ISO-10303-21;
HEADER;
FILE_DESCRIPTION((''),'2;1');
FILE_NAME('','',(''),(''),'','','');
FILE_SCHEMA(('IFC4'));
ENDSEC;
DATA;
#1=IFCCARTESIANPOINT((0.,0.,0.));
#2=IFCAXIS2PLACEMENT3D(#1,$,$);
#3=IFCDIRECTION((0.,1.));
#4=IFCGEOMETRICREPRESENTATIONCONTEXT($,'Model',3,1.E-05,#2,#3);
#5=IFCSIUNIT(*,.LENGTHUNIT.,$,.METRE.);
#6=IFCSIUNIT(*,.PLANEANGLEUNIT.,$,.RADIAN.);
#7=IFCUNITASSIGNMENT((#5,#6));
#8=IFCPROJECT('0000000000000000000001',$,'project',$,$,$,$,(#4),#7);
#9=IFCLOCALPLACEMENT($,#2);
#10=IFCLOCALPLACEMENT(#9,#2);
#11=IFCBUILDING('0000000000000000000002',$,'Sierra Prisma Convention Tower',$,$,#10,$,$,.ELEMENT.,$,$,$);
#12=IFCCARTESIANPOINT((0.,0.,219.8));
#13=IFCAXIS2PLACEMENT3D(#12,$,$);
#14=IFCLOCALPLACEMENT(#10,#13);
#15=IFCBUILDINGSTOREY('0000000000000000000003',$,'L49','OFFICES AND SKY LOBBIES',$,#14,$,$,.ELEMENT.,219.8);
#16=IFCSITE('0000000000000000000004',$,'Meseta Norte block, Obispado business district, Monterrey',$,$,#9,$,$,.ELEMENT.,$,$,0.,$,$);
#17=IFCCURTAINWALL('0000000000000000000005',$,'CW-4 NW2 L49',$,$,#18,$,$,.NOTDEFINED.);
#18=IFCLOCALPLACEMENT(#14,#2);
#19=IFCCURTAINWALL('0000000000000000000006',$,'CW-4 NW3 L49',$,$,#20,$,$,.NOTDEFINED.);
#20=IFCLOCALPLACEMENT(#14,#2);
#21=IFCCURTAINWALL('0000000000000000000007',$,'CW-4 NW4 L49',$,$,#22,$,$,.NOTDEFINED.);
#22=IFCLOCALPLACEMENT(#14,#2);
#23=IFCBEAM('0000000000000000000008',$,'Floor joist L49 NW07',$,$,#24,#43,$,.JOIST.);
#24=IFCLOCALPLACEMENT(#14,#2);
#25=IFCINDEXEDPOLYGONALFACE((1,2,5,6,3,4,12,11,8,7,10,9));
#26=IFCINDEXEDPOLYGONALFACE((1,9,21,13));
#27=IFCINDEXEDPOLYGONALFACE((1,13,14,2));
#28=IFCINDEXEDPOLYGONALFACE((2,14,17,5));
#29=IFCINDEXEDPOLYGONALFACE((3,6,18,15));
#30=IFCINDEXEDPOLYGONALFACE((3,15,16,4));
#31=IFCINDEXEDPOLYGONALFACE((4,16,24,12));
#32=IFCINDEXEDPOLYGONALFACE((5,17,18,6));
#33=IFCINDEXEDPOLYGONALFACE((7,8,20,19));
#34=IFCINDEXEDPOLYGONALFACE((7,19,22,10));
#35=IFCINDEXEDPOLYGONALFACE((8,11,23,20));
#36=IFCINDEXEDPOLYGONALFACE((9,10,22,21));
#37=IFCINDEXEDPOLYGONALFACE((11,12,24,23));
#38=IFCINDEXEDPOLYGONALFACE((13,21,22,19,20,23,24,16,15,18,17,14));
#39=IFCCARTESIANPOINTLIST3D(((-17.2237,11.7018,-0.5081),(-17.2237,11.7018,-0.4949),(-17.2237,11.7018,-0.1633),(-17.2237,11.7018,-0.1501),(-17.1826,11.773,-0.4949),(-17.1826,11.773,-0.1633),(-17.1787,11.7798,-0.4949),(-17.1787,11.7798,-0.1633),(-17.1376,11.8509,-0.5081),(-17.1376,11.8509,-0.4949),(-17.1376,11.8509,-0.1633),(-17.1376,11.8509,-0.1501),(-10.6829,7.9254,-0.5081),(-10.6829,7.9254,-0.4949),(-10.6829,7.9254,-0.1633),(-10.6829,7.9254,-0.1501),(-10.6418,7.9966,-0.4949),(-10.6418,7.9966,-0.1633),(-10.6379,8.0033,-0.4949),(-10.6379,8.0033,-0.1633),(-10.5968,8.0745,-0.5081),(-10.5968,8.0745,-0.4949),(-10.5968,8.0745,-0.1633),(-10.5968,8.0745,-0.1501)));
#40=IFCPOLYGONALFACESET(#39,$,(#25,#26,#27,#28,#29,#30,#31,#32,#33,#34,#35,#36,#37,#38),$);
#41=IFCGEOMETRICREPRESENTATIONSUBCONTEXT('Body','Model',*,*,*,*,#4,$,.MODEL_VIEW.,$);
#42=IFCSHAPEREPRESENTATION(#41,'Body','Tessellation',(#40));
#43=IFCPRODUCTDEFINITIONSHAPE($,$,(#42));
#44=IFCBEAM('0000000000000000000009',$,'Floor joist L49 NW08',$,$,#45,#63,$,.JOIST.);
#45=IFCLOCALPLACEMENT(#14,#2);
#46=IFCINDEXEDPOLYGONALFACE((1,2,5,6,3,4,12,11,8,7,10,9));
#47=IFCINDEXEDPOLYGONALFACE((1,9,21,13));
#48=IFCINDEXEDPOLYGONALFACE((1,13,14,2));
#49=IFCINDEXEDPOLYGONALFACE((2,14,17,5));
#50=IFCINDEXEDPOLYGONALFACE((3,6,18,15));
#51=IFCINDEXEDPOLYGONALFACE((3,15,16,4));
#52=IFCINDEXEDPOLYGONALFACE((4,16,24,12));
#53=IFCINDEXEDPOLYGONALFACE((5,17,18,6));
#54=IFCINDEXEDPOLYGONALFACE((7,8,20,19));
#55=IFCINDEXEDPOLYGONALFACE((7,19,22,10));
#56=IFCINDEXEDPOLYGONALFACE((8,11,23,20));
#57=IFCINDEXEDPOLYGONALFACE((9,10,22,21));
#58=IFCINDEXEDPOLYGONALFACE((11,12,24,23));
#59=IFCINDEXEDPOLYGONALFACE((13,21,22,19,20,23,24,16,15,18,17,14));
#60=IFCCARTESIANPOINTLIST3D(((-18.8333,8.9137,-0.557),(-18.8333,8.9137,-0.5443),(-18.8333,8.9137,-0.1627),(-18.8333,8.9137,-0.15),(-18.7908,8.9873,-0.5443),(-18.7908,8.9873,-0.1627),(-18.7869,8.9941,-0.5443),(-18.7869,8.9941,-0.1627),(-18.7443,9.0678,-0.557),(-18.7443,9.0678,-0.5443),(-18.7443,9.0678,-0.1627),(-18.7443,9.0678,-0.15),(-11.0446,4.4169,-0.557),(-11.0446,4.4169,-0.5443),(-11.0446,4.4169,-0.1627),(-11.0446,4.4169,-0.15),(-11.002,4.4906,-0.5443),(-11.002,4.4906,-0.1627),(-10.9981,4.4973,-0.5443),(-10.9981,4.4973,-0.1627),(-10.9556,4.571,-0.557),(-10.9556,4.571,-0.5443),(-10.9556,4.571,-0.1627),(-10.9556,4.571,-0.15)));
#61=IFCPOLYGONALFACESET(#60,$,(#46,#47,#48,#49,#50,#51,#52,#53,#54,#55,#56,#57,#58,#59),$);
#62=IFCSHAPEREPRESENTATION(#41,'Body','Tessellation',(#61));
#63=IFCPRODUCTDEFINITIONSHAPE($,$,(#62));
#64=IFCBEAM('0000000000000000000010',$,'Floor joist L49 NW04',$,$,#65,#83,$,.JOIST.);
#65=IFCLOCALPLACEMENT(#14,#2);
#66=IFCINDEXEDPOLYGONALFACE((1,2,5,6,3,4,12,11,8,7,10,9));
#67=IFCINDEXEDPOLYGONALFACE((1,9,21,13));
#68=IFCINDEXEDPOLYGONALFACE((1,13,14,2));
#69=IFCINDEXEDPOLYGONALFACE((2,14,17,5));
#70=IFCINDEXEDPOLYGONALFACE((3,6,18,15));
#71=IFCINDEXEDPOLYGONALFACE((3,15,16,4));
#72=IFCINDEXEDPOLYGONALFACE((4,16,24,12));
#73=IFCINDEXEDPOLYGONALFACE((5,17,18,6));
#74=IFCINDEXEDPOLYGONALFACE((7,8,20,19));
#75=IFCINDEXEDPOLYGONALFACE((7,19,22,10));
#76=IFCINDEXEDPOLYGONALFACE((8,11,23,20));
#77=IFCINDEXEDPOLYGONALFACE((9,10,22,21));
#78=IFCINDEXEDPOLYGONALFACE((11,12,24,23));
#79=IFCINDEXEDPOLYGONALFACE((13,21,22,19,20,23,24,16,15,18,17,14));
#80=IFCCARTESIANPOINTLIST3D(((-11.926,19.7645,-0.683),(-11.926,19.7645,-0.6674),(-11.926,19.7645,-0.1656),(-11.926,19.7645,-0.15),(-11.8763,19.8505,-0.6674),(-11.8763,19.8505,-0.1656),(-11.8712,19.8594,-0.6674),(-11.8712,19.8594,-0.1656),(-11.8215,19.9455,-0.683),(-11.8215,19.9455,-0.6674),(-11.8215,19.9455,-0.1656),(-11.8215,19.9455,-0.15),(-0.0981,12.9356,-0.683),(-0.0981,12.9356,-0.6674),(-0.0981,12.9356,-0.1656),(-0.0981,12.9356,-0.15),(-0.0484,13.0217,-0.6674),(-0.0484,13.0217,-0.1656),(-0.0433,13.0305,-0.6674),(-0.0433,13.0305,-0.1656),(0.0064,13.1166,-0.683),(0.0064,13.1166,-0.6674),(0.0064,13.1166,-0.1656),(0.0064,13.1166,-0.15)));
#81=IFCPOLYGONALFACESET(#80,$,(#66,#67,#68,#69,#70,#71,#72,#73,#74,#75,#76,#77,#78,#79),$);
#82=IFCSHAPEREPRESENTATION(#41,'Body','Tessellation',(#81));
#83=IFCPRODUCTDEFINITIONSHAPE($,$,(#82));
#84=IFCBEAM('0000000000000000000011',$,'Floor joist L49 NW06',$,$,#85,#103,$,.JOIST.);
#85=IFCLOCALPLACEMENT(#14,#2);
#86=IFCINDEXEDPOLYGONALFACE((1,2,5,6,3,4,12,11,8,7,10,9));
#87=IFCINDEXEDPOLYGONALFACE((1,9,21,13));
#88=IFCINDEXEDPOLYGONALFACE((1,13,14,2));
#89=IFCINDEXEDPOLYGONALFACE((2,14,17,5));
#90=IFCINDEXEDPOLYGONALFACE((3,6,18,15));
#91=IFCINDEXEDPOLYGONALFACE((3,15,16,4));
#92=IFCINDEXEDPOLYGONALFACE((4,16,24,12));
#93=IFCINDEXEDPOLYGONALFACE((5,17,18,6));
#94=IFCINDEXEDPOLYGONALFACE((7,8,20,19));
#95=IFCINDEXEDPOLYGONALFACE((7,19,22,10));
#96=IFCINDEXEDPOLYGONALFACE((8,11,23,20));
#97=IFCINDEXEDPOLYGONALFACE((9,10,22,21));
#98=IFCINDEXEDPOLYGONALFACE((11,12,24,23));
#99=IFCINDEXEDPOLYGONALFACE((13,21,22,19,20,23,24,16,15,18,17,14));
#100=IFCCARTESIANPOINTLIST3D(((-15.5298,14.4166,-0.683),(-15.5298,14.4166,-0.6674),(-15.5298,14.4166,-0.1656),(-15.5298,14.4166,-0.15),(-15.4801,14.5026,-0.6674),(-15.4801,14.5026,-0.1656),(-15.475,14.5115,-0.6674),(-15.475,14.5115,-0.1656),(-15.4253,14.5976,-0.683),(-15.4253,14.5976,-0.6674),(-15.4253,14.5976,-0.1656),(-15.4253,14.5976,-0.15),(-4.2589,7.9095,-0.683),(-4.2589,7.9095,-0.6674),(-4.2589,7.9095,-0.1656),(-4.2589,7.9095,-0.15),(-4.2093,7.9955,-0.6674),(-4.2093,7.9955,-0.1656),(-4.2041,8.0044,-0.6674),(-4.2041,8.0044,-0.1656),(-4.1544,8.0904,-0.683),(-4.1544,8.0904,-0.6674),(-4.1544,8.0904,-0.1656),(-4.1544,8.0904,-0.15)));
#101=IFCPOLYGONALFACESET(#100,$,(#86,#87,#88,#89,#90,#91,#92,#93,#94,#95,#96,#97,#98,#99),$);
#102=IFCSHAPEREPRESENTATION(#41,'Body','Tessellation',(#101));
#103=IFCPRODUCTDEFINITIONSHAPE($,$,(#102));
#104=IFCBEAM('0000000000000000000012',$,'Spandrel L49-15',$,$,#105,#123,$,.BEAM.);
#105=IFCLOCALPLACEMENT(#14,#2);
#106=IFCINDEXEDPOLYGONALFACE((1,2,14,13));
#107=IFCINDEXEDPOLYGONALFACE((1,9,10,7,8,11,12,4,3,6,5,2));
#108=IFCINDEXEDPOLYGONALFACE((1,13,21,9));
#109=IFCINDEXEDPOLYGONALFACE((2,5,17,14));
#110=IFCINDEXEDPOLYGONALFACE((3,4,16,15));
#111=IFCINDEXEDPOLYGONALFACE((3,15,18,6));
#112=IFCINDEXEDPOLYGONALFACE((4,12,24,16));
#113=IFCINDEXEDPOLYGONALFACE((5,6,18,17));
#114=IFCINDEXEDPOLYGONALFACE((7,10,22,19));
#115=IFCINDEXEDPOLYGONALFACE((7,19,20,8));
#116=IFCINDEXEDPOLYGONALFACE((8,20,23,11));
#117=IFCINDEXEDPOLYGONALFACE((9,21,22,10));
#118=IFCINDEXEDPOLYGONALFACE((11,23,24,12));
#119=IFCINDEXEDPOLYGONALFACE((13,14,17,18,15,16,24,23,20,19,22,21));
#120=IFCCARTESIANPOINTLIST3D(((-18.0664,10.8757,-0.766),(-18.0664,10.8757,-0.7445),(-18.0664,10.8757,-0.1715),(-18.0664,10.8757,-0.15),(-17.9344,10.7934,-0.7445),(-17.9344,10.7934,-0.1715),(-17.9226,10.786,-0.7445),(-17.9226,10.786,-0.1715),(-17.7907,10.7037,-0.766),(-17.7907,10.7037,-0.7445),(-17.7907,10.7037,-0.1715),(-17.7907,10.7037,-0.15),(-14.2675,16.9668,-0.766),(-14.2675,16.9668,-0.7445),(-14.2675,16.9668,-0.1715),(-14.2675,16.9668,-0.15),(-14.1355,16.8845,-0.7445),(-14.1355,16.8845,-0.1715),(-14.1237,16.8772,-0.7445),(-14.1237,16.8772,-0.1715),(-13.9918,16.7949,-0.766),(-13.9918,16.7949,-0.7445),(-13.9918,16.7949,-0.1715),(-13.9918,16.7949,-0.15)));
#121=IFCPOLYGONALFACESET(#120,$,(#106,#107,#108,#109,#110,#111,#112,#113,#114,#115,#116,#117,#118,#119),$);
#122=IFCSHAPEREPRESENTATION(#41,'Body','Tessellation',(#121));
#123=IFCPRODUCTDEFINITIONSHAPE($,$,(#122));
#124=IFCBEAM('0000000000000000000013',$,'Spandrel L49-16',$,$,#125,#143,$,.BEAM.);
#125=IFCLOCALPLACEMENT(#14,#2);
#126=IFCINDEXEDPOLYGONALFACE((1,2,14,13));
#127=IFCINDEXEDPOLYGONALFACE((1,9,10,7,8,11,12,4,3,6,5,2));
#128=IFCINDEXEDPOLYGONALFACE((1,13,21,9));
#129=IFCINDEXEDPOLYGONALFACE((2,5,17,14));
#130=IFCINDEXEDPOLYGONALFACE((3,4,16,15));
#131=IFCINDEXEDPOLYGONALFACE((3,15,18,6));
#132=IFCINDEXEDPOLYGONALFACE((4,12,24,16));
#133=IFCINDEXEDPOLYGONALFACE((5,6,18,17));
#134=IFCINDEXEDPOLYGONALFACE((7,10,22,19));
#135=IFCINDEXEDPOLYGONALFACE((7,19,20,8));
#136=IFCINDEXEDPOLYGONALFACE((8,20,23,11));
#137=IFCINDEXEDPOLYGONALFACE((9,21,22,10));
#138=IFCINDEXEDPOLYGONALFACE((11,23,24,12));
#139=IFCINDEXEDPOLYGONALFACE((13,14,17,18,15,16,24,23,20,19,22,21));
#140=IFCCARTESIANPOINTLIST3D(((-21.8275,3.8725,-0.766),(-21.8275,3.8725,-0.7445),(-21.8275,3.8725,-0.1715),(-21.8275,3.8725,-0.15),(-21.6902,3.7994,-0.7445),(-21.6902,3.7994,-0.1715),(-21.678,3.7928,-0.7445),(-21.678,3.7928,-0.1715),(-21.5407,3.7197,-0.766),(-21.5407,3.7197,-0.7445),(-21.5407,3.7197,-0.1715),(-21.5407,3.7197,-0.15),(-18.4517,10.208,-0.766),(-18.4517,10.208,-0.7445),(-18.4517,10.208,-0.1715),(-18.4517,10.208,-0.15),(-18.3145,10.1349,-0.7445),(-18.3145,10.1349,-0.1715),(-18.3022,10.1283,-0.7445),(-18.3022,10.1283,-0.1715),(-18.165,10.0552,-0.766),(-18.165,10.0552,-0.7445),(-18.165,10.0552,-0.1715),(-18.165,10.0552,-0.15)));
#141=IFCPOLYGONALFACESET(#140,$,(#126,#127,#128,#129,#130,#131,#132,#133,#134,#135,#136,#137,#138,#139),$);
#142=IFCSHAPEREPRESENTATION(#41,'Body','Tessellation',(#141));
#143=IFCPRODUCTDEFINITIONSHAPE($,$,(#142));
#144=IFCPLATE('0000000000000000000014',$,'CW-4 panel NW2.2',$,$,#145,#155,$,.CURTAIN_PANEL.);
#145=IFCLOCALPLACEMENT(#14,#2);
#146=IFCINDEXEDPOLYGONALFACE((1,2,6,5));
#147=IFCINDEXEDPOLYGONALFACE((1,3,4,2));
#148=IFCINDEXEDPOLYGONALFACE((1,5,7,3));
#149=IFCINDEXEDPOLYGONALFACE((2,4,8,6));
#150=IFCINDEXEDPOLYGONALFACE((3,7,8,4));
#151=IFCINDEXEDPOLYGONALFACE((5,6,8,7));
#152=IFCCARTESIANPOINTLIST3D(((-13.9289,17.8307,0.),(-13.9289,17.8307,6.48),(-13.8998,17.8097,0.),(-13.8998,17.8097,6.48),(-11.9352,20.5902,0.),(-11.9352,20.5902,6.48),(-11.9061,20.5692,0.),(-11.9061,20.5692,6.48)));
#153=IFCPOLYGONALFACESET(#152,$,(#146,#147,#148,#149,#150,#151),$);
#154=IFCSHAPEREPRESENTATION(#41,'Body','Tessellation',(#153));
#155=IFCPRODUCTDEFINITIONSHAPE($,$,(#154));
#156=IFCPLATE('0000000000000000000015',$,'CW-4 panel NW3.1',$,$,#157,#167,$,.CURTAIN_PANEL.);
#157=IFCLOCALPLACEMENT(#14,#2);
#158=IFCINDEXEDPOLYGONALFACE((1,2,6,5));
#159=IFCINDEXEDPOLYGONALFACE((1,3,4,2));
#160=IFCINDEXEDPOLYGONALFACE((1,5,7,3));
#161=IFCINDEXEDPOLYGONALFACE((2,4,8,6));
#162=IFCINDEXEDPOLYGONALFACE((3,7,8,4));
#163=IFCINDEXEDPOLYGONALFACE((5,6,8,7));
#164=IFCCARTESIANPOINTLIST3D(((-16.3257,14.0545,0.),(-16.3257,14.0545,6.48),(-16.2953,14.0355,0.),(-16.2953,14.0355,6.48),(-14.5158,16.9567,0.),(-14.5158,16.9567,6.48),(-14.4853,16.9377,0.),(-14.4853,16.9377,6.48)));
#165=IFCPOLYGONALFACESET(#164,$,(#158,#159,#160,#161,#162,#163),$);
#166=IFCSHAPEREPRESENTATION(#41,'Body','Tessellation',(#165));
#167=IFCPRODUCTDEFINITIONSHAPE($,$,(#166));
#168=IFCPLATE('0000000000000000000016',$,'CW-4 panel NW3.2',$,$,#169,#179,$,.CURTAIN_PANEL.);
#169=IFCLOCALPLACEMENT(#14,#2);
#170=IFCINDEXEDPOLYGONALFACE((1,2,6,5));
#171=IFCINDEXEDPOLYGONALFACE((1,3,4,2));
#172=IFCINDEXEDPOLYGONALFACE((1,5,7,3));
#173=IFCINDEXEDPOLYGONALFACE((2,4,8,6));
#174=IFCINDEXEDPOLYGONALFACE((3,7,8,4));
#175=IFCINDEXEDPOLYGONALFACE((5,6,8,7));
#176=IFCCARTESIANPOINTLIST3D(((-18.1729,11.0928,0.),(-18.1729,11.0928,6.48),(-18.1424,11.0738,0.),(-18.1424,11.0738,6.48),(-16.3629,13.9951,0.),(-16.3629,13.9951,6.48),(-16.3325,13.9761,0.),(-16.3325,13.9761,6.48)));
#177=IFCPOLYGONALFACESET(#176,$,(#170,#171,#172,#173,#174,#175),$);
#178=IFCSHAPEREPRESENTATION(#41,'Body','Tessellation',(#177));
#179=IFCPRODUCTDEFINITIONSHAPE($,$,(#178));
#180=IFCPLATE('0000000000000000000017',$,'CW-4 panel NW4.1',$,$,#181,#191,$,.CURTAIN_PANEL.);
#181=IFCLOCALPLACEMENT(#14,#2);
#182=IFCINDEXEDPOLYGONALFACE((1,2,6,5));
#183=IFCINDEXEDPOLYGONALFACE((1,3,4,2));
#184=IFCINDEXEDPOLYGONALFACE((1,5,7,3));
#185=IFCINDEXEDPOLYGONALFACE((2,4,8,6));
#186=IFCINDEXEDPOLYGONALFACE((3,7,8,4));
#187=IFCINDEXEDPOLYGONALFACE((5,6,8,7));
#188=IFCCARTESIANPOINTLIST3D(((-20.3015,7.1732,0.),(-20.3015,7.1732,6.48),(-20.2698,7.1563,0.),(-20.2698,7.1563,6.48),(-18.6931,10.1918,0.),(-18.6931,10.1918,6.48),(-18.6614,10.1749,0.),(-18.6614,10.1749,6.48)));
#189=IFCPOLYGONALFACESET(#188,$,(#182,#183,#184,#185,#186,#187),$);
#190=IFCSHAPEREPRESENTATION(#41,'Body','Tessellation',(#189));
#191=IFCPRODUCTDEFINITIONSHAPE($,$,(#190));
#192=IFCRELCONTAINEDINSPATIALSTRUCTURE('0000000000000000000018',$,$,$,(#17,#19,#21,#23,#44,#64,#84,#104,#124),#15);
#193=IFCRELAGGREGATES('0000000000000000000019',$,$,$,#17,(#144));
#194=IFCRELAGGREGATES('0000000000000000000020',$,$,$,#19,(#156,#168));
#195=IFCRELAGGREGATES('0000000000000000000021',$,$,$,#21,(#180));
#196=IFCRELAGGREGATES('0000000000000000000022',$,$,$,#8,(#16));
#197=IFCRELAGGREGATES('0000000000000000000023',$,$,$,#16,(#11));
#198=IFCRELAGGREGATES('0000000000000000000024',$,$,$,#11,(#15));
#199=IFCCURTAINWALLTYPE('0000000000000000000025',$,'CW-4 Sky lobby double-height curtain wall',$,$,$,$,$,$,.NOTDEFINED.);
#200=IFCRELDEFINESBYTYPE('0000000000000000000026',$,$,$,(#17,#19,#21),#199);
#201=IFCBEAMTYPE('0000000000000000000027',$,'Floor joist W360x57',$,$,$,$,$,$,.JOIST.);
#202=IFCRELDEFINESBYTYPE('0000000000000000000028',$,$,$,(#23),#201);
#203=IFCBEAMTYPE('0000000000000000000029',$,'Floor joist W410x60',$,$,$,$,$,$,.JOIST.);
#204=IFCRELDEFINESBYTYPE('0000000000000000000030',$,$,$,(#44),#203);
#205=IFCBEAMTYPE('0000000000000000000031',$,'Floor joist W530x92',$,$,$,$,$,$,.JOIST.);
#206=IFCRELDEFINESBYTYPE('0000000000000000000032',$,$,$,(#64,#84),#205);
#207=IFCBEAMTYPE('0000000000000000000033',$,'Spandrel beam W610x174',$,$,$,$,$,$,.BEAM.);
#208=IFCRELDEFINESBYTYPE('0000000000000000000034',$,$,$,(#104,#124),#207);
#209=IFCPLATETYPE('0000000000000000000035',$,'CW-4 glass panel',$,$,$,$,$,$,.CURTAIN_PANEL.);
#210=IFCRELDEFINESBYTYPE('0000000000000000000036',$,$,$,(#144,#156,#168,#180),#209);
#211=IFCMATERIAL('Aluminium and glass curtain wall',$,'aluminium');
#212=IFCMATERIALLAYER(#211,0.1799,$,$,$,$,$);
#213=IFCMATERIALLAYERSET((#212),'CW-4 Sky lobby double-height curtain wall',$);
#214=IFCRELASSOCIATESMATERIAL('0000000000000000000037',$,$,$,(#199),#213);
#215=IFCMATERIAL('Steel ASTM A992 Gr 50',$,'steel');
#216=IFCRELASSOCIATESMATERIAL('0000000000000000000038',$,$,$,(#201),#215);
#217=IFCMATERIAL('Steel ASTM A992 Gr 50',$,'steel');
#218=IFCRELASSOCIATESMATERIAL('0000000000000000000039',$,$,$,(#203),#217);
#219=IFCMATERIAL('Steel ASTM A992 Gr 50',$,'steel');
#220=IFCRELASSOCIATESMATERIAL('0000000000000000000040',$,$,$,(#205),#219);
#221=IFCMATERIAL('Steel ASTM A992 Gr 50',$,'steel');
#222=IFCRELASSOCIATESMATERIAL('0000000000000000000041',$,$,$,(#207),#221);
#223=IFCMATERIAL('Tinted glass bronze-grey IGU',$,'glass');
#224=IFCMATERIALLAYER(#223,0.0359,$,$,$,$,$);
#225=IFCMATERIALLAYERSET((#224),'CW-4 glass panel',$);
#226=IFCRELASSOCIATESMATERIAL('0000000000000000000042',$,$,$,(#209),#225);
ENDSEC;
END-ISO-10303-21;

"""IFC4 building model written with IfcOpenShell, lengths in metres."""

from ifc_helpers import new_model, si_unit, direction, frame, origin, origin_2d, place, context, subcontext, project, spatial, rectangle, i_section, extrude, material, layer, layer_set, material_profile, profile_set, type_object, element, aggregate, save


model = new_model("IFC4")

# Units and contexts
model_context = context("Model", 3, precision=1e-05, world=origin(), true_north=direction((0.0, 1.0)))
body_context = subcontext(model_context, "Body", "Model", "MODEL_VIEW")
ifc_project = project(units=[si_unit("LENGTHUNIT", "METRE"), si_unit("PLANEANGLEUNIT", "RADIAN")], contexts=[model_context])

# Site, building, storey
site_placement = place(None, origin())
site = spatial("IfcSite", under=ifc_project, at=site_placement, Name="Meseta Norte block, Obispado business district, Monterrey", CompositionType="ELEMENT", RefElevation=0.0)
building_placement = place(site_placement, origin())
building = spatial("IfcBuilding", under=site, at=building_placement, Name="Sierra Prisma Convention Tower", CompositionType="ELEMENT")
storey_placement = place(building_placement, frame((0.0, 0.0, 219.8)))
storey = spatial("IfcBuildingStorey", under=building, at=storey_placement, Name="L49", Description="OFFICES AND SKY LOBBIES", CompositionType="ELEMENT", Elevation=219.8)

# Curtain wall
ifc_material_1 = material(Name="Aluminium and glass curtain wall", Category="aluminium")
ifc_layer_1 = layer(ifc_material_1, 0.1799)
ifc_layer_set_1 = layer_set([ifc_layer_1], Name="CW-4 Sky lobby double-height curtain wall")
curtain_wall_type = type_object("IfcCurtainWallType", Name="CW-4 Sky lobby double-height curtain wall", PredefinedType="NOTDEFINED", material=ifc_layer_set_1)
curtain_wall_1_placement = place(storey_placement, origin())
curtain_wall_1 = element("IfcCurtainWall", 1, at=curtain_wall_1_placement, inside=storey, type_object=curtain_wall_type, Name="CW-4 NW2 L49", PredefinedType="NOTDEFINED")

# Curtain wall
curtain_wall_2_placement = place(storey_placement, origin())
curtain_wall_2 = element("IfcCurtainWall", 2, at=curtain_wall_2_placement, inside=storey, type_object=curtain_wall_type, Name="CW-4 NW3 L49", PredefinedType="NOTDEFINED")

# Curtain wall
curtain_wall_3_placement = place(storey_placement, origin())
curtain_wall_3 = element("IfcCurtainWall", 3, at=curtain_wall_3_placement, inside=storey, type_object=curtain_wall_type, Name="CW-4 NW4 L49", PredefinedType="NOTDEFINED")

# Beams
ifc_material_2 = material(Name="Steel ASTM A992 Gr 50", Category="steel")
ifc_material_profile_1 = material_profile(ifc_material_2, i_section(OverallWidth=0.1721, OverallDepth=0.3579, WebThickness=0.0078, FlangeThickness=0.0132, at=origin_2d()), Name="W360x57")
ifc_profile_set_1 = profile_set([ifc_material_profile_1], Name="Steel ASTM A992 Gr 50")
beam_type_1 = type_object("IfcBeamType", Name="Floor joist W360x57", PredefinedType="JOIST", material=ifc_profile_set_1)
beam_1_placement = place(storey_placement, frame((-17.1807, 11.7764, -0.3291), z_axis=(0.866022, -0.500005, 0.0), x_axis=(0.500005, 0.866022, 0.0)))
element("IfcBeam", 4, at=beam_1_placement, inside=storey, type_object=beam_type_1, Name="Floor joist L49 NW07", PredefinedType="JOIST", context=body_context, shape_type="SweptSolid", body=[
    extrude(i_section(OverallWidth=0.1721, OverallDepth=0.3579, WebThickness=0.0078, FlangeThickness=0.0132, at=origin_2d()), origin(), (0.0, 0.0, 1.0), 7.5527),
])
ifc_material_3 = material(Name="Steel ASTM A992 Gr 50", Category="steel")
ifc_material_profile_2 = material_profile(ifc_material_3, i_section(OverallWidth=0.178, OverallDepth=0.407, WebThickness=0.0078, FlangeThickness=0.0127, at=origin_2d()), Name="W410x60")
ifc_profile_set_2 = profile_set([ifc_material_profile_2], Name="Steel ASTM A992 Gr 50")
beam_type_2 = type_object("IfcBeamType", Name="Floor joist W410x60", PredefinedType="JOIST", material=ifc_profile_set_2)
beam_2_placement = place(storey_placement, frame((-18.7888, 8.9907, -0.3535), z_axis=(0.866028, -0.499996, 0.0), x_axis=(0.499996, 0.866028, 0.0)))
element("IfcBeam", 5, at=beam_2_placement, inside=storey, type_object=beam_type_2, Name="Floor joist L49 NW08", PredefinedType="JOIST", context=body_context, shape_type="SweptSolid", body=[
    extrude(i_section(OverallWidth=0.178, OverallDepth=0.407, WebThickness=0.0078, FlangeThickness=0.0127, at=origin_2d()), origin(), (0.0, 0.0, 1.0), 8.9937),
])
ifc_material_4 = material(Name="Steel ASTM A992 Gr 50", Category="steel")
ifc_material_profile_3 = material_profile(ifc_material_4, i_section(OverallWidth=0.209, OverallDepth=0.533, WebThickness=0.0103, FlangeThickness=0.0156, at=origin_2d()), Name="W530x92")
ifc_profile_set_3 = profile_set([ifc_material_profile_3], Name="Steel ASTM A992 Gr 50")
beam_type_3 = type_object("IfcBeamType", Name="Floor joist W530x92", PredefinedType="JOIST", material=ifc_profile_set_3)
beam_3_placement = place(storey_placement, frame((-11.8738, 19.855, -0.4165), z_axis=(0.866025, -0.500001, 0.0), x_axis=(0.500001, 0.866025, 0.0)))
element("IfcBeam", 6, at=beam_3_placement, inside=storey, type_object=beam_type_3, Name="Floor joist L49 NW04", PredefinedType="JOIST", context=body_context, shape_type="SweptSolid", body=[
    extrude(i_section(OverallWidth=0.209, OverallDepth=0.533, WebThickness=0.0103, FlangeThickness=0.0156, at=origin_2d()), origin(), (0.0, 0.0, 1.0), 13.6577),
])
beam_4_placement = place(storey_placement, frame((-15.4775, 14.5071, -0.4165), z_axis=(0.866028, -0.499995, 0.0), x_axis=(0.499995, 0.866028, 0.0)))
element("IfcBeam", 7, at=beam_4_placement, inside=storey, type_object=beam_type_3, Name="Floor joist L49 NW06", PredefinedType="JOIST", context=body_context, shape_type="SweptSolid", body=[
    extrude(i_section(OverallWidth=0.209, OverallDepth=0.533, WebThickness=0.0103, FlangeThickness=0.0156, at=origin_2d()), origin(), (0.0, 0.0, 1.0), 13.0144),
])
ifc_material_5 = material(Name="Steel ASTM A992 Gr 50", Category="steel")
ifc_material_profile_4 = material_profile(ifc_material_5, i_section(OverallWidth=0.325, OverallDepth=0.616, WebThickness=0.0139, FlangeThickness=0.0215, at=origin_2d()), Name="W610x174")
ifc_profile_set_4 = profile_set([ifc_material_profile_4], Name="Steel ASTM A992 Gr 50")
beam_type_4 = type_object("IfcBeamType", Name="Spandrel beam W610x174", PredefinedType="BEAM", material=ifc_profile_set_4)
for number, where, z_axis, x_axis, name in (
    (8, (-14.1296, 16.8809, -0.458), (-0.529189, -0.848504, 0.0), (0.848504, -0.529189, 0.0), "Spandrel L49-15"),
    (9, (-18.3083, 10.1316, -0.458), (-0.470244, -0.882536, 0.0), (0.882536, -0.470244, 0.0), "Spandrel L49-16"),
):
    element("IfcBeam", number, at=place(storey_placement, frame(where, z_axis=z_axis, x_axis=x_axis)), inside=storey, type_object=beam_type_4, Name=name, PredefinedType="BEAM", context=body_context, shape_type="SweptSolid", body=[
        extrude(i_section(OverallWidth=0.325, OverallDepth=0.616, WebThickness=0.0139, FlangeThickness=0.0215, at=origin_2d()), origin(), (0.0, 0.0, 1.0), 7.1787),
    ])

# Plates
ifc_material_6 = material(Name="Tinted glass bronze-grey IGU", Category="glass")
ifc_layer_2 = layer(ifc_material_6, 0.0359)
ifc_layer_set_2 = layer_set([ifc_layer_2], Name="CW-4 glass panel")
plate_type = type_object("IfcPlateType", Name="CW-4 glass panel", PredefinedType="CURTAIN_PANEL", material=ifc_layer_set_2)
plate_1_placement = place(storey_placement, frame((-12.9175, 19.2, 0.0), z_axis=(0.0, 0.0, 1.0), x_axis=(-0.58564, -0.810572, 0.0)))
plate_1 = element("IfcPlate", 10, at=plate_1_placement, type_object=plate_type, Name="CW-4 panel NW2.2", PredefinedType="CURTAIN_PANEL", context=body_context, shape_type="SweptSolid", body=[
    extrude(rectangle(XDim=3.4043, YDim=0.0359, at=origin_2d()), origin(), (0.0, 0.0, 1.0), 6.48),
])
aggregate(curtain_wall_1, [plate_1])
plate_2_placement = place(storey_placement, frame((-15.4055, 15.4961, 0.0), z_axis=(0.0, 0.0, 1.0), x_axis=(-0.52917, -0.848516, 0.0)))
plate_2 = element("IfcPlate", 11, at=plate_2_placement, type_object=plate_type, Name="CW-4 panel NW3.1", PredefinedType="CURTAIN_PANEL", context=body_context, shape_type="SweptSolid", body=[
    extrude(rectangle(XDim=3.4204, YDim=0.0359, at=origin_2d()), origin(), (0.0, 0.0, 1.0), 6.48),
])
plate_3_placement = place(storey_placement, frame((-17.2527, 12.5344, 0.0), z_axis=(0.0, 0.0, 1.0), x_axis=(-0.52917, -0.848516, 0.0)))
plate_3 = element("IfcPlate", 12, at=plate_3_placement, type_object=plate_type, Name="CW-4 panel NW3.2", PredefinedType="CURTAIN_PANEL", context=body_context, shape_type="SweptSolid", body=[
    extrude(rectangle(XDim=3.4204, YDim=0.0359, at=origin_2d()), origin(), (0.0, 0.0, 1.0), 6.48),
])
aggregate(curtain_wall_2, [plate_2, plate_3])
plate_4_placement = place(storey_placement, frame((-19.4814, 8.6741, 0.0), z_axis=(0.0, 0.0, 1.0), x_axis=(-0.470251, -0.882533, 0.0)))
plate_4 = element("IfcPlate", 13, at=plate_4_placement, type_object=plate_type, Name="CW-4 panel NW4.1", PredefinedType="CURTAIN_PANEL", context=body_context, shape_type="SweptSolid", body=[
    extrude(rectangle(XDim=3.4204, YDim=0.0359, at=origin_2d()), origin(), (0.0, 0.0, 1.0), 6.48),
])
aggregate(curtain_wall_3, [plate_4])

save(model, "model.ifc")
